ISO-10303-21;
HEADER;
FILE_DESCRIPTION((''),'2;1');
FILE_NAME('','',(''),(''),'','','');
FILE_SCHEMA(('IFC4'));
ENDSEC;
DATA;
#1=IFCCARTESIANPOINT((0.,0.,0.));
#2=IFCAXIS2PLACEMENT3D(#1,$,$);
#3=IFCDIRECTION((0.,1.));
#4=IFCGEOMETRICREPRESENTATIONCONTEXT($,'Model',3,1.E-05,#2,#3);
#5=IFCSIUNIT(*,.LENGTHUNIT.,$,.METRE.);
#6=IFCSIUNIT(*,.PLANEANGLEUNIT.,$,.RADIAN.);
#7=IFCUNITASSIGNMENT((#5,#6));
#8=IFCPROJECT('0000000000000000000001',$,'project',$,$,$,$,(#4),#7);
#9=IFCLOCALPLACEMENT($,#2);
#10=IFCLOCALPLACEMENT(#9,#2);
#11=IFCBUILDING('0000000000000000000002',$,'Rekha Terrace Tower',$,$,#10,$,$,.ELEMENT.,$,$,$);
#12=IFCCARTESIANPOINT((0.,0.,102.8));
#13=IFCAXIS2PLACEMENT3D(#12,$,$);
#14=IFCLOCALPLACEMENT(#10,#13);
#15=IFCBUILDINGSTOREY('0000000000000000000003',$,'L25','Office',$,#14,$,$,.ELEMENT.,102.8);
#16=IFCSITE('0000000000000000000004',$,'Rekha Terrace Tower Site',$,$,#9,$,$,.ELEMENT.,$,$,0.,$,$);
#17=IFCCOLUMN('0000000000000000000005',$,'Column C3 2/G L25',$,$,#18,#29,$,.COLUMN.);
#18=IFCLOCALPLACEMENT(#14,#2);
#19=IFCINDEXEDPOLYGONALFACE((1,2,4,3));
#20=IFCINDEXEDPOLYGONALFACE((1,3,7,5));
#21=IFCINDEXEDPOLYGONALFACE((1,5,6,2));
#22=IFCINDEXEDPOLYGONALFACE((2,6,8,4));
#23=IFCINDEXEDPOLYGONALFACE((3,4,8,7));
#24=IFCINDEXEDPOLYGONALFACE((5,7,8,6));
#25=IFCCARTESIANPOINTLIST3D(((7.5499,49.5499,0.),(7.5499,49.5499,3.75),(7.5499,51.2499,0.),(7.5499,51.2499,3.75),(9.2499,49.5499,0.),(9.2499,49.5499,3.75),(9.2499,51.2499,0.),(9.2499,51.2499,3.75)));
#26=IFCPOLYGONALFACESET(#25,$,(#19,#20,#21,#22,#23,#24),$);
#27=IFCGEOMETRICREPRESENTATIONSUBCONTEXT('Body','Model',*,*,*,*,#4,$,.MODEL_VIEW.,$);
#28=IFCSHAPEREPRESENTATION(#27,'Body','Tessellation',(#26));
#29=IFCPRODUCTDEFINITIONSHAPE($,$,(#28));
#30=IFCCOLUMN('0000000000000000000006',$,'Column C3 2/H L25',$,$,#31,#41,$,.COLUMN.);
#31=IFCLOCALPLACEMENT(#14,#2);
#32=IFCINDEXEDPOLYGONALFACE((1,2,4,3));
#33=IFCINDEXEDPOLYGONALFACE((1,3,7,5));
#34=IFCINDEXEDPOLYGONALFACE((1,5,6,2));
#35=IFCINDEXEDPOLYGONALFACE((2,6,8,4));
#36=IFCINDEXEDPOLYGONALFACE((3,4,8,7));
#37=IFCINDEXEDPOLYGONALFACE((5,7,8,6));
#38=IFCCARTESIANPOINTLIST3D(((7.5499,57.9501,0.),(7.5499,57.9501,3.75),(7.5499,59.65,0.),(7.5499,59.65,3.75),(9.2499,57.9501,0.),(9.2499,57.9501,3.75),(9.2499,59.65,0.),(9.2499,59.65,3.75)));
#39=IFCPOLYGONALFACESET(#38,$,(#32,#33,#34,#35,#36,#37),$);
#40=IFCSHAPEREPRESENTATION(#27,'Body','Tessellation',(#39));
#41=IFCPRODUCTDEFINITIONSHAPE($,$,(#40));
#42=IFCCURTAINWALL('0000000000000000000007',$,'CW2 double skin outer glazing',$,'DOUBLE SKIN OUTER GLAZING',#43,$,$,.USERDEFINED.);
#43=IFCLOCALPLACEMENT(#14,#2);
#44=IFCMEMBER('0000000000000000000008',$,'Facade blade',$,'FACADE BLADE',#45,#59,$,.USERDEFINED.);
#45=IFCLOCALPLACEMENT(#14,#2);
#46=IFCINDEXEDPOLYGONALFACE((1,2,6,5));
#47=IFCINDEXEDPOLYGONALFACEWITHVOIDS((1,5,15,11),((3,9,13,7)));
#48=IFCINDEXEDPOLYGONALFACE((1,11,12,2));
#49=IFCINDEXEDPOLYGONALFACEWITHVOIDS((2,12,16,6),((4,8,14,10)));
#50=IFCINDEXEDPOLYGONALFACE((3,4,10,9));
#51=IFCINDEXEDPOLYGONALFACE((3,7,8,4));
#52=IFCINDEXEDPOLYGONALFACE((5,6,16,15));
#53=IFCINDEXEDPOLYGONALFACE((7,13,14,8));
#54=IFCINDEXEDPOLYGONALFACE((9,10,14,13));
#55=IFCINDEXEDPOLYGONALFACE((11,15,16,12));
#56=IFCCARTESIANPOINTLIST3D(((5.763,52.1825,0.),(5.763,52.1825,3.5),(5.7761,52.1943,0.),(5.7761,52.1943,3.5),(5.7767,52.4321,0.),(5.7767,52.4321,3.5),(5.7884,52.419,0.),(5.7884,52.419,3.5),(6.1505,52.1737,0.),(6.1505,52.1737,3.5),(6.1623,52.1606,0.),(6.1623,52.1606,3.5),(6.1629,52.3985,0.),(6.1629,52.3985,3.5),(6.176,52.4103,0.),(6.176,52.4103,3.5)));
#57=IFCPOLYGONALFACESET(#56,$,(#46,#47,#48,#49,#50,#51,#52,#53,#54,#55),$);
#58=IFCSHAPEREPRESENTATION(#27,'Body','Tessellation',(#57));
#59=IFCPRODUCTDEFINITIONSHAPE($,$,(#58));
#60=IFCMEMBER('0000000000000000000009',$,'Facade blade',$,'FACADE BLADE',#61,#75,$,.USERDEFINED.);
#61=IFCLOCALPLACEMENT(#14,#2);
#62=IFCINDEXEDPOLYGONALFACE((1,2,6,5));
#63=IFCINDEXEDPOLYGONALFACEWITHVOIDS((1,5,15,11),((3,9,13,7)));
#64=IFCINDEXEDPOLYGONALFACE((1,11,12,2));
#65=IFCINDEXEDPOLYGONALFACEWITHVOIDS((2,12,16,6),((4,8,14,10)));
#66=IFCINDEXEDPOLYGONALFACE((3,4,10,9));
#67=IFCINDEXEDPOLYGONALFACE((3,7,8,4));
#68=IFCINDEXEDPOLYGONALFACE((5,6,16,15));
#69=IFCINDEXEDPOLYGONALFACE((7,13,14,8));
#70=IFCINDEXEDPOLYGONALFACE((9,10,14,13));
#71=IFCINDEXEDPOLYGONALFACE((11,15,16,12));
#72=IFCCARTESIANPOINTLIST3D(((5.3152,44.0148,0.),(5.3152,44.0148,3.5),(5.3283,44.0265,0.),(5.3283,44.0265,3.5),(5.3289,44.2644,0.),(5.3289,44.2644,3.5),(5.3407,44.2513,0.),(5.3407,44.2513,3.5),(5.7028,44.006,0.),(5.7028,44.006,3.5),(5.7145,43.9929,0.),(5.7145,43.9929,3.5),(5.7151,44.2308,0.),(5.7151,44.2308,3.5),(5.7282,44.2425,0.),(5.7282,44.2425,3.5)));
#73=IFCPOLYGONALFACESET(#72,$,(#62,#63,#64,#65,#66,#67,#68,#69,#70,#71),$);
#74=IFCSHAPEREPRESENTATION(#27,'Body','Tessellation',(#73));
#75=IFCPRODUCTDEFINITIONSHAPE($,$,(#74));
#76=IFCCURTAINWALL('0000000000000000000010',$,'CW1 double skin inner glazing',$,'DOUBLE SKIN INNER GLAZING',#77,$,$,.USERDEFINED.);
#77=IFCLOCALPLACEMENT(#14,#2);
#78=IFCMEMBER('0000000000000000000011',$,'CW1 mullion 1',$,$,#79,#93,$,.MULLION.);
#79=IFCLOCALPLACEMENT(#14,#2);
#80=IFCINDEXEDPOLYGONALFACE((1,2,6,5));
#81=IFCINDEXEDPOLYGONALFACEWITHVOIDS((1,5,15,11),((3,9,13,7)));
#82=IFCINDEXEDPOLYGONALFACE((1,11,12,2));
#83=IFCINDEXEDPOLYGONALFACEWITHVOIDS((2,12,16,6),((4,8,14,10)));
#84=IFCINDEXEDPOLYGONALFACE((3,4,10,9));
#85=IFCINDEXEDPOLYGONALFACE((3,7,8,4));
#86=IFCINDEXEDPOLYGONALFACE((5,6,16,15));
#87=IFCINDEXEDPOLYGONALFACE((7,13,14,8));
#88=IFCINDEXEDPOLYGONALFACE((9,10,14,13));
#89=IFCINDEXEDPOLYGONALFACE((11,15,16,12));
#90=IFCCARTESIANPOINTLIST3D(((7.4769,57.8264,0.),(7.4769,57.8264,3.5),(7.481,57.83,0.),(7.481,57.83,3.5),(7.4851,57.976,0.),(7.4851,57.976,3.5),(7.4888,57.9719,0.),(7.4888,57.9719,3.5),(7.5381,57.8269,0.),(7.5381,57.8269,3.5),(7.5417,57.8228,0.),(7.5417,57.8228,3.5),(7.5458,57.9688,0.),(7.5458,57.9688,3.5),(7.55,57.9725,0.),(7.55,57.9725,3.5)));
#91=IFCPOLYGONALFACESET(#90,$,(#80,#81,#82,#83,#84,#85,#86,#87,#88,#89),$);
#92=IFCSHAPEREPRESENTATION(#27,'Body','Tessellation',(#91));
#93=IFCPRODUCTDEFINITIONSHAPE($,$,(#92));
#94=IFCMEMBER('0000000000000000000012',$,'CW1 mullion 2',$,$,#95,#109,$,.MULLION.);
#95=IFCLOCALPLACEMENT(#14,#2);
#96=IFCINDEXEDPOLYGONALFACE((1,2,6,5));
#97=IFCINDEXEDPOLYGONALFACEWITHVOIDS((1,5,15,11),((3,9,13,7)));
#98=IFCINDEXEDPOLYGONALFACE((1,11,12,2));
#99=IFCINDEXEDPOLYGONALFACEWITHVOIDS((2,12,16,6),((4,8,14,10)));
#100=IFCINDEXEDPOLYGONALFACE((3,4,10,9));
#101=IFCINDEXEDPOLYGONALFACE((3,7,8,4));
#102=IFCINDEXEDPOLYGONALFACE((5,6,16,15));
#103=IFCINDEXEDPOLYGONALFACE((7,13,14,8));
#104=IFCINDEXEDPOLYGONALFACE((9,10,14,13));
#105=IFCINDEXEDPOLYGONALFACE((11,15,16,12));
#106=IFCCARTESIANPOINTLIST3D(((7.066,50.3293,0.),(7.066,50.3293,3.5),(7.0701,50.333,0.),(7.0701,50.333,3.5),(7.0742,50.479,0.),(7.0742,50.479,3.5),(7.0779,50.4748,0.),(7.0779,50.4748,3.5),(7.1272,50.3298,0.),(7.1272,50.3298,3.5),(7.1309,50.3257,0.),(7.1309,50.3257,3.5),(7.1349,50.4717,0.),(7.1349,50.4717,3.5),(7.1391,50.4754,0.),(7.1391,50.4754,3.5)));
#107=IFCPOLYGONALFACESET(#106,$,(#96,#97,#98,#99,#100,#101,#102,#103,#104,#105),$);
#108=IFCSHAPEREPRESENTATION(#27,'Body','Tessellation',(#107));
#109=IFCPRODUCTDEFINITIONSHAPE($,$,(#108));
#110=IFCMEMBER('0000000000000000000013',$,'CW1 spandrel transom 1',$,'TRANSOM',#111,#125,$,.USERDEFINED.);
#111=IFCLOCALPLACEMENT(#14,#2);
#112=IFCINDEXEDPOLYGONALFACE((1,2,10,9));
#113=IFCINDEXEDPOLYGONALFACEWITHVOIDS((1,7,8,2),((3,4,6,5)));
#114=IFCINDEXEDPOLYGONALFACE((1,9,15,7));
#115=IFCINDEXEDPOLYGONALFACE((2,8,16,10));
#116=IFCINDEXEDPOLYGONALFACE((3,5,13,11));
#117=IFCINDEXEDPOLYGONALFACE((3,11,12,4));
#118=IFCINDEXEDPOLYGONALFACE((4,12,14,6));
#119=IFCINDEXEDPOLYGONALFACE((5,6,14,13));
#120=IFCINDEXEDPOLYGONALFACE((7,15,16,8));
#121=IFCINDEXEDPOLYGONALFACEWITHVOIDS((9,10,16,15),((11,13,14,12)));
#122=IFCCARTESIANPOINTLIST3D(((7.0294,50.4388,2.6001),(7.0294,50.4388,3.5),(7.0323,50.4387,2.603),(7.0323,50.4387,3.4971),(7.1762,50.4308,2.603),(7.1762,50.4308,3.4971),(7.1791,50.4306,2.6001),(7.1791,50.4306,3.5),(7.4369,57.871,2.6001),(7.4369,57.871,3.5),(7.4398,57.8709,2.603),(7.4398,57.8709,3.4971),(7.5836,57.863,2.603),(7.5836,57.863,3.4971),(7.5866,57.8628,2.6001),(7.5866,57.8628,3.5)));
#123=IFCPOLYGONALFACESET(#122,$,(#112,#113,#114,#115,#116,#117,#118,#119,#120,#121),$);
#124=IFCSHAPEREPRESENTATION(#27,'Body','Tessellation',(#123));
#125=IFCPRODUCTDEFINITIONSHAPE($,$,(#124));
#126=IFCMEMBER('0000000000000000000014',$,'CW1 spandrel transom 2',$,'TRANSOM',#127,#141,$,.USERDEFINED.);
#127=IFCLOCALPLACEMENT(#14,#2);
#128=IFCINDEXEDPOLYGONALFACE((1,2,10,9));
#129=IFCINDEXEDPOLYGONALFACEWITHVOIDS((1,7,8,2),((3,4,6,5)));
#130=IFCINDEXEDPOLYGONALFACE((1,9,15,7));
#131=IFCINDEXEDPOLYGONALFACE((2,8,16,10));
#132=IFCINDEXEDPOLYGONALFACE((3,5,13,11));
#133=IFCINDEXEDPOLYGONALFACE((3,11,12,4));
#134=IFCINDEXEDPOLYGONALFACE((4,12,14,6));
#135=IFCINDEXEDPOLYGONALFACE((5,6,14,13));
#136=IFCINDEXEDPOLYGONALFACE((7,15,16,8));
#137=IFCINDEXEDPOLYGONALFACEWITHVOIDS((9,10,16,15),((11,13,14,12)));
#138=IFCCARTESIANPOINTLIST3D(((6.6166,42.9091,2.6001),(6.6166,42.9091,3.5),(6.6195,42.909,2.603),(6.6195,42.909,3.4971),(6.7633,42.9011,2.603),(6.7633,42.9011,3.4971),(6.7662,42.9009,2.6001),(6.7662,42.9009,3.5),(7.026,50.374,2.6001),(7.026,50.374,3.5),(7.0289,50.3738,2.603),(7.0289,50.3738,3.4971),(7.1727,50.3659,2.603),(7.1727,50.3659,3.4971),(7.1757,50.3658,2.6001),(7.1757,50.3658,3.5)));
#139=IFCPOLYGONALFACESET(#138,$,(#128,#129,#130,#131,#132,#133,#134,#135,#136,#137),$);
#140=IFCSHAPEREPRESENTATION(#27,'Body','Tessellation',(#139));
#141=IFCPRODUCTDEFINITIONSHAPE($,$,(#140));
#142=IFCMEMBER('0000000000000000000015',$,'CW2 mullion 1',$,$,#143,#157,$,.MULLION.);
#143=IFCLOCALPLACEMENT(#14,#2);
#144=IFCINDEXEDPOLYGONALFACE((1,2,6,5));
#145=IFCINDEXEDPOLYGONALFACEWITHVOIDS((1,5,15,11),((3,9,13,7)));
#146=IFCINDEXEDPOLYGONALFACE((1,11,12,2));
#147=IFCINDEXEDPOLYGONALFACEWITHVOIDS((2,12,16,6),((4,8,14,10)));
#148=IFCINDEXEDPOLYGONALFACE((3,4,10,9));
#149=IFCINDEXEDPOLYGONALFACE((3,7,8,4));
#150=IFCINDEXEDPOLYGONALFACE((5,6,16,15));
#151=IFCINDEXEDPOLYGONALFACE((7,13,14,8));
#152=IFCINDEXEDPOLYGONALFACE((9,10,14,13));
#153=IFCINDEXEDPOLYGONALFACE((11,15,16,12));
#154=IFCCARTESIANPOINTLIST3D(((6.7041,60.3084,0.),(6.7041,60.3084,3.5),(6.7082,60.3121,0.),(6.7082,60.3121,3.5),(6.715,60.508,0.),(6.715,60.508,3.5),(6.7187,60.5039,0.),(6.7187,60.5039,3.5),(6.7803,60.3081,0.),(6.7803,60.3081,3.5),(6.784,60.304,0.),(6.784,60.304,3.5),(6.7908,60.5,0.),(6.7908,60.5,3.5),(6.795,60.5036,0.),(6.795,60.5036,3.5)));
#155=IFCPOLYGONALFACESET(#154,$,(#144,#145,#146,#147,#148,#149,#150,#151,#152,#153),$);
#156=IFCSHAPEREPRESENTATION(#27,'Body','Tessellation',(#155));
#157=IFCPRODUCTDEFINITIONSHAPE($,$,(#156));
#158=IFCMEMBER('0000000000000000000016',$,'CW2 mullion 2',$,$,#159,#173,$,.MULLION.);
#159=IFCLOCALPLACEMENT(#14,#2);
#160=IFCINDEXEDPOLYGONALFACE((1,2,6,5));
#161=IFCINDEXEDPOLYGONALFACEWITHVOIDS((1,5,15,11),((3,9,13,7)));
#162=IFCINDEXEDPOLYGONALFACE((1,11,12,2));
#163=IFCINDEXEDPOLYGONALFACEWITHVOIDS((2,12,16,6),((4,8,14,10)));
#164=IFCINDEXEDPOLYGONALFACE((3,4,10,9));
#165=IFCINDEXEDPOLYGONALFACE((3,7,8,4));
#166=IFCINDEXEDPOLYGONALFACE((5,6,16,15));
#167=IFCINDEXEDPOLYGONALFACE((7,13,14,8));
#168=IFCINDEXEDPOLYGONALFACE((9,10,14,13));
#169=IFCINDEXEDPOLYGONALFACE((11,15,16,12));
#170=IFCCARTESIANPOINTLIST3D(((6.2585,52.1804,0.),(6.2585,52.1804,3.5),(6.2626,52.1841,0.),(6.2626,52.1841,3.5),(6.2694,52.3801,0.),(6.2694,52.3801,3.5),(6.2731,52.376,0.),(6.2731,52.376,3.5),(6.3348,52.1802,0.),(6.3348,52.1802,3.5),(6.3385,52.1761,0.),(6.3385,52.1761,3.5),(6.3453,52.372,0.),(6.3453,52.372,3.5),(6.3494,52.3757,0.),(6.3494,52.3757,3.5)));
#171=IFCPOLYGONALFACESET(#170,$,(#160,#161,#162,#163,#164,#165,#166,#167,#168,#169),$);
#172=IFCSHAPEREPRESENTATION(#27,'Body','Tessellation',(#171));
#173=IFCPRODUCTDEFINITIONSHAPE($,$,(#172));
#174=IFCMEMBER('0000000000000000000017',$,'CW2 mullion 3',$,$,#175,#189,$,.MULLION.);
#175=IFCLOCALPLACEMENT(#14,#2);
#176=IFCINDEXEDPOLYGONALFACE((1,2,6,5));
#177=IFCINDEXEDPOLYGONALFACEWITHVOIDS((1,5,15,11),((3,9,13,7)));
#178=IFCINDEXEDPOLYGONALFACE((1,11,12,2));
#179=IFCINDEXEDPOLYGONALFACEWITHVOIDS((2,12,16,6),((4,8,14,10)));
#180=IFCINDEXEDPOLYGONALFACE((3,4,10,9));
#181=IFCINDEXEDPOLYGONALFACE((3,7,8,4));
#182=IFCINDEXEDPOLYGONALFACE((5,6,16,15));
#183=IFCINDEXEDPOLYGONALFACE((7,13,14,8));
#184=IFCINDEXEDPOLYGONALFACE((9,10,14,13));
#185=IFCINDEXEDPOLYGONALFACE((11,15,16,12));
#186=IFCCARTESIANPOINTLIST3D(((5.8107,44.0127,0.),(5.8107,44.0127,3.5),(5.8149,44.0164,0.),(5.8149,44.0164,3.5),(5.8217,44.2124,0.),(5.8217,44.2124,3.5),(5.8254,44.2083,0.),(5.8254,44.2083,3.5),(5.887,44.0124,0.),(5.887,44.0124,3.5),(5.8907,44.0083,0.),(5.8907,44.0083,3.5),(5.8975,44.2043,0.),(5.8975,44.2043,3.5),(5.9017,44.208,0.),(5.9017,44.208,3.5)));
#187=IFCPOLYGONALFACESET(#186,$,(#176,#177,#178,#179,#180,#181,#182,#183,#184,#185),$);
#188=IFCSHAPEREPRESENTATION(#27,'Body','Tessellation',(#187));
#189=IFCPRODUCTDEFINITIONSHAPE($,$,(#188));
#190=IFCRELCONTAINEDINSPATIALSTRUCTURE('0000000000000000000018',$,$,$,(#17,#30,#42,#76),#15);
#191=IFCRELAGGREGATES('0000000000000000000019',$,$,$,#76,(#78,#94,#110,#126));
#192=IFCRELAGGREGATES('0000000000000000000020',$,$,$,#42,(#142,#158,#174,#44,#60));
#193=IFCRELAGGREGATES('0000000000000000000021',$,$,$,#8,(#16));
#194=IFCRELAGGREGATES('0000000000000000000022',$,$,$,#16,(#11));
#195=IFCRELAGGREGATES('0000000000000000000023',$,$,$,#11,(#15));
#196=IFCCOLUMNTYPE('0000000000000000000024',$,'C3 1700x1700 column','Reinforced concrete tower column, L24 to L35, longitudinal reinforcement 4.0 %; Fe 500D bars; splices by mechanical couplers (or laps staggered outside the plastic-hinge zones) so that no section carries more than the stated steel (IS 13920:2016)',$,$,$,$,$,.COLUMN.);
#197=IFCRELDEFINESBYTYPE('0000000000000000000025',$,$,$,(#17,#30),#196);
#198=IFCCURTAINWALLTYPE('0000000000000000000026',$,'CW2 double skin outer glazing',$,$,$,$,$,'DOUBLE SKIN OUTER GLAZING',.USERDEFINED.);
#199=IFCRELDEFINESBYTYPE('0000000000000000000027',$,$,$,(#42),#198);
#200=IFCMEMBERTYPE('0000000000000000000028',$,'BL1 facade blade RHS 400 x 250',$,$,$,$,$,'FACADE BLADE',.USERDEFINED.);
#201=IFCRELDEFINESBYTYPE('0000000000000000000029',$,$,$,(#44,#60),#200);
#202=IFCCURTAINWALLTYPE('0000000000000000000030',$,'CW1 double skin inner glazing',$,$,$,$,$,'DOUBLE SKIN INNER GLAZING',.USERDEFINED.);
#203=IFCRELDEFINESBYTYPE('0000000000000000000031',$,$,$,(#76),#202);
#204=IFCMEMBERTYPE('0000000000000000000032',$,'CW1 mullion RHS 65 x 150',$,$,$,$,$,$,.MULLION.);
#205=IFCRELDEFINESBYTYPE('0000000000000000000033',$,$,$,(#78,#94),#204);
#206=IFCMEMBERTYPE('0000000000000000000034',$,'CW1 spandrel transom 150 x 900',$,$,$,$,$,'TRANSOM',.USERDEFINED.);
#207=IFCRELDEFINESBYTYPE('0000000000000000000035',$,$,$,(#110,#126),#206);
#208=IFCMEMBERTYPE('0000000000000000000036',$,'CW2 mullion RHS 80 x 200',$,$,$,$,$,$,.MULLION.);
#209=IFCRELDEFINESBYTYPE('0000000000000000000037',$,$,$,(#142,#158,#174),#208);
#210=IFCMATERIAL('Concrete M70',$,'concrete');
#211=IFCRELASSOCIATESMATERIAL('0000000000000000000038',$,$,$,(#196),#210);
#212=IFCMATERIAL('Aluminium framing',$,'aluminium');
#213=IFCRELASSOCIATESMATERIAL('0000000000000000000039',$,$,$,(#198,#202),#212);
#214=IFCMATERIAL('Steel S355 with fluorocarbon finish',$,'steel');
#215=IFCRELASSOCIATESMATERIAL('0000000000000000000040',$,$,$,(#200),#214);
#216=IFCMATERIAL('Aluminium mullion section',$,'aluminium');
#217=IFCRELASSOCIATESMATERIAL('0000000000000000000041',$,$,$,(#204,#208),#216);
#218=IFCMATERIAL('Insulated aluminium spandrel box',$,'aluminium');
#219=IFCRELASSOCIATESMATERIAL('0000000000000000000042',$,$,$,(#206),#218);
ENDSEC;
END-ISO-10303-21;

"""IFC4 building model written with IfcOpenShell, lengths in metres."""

from ifc_helpers import new_model, si_unit, direction, frame, origin, origin_2d, place, context, subcontext, project, spatial, rectangle, hollow_rectangle, extrude, material, material_profile, profile_set, type_object, element, aggregate, save


model = new_model("IFC4")

# Units and contexts
model_context = context("Model", 3, precision=1e-05, world=origin(), true_north=direction((0.0, 1.0)))
body_context = subcontext(model_context, "Body", "Model", "MODEL_VIEW")
ifc_project = project(units=[si_unit("LENGTHUNIT", "METRE"), si_unit("PLANEANGLEUNIT", "RADIAN")], contexts=[model_context])

# Site, building, storey
site_placement = place(None, origin())
site = spatial("IfcSite", under=ifc_project, at=site_placement, Name="Rekha Terrace Tower Site", CompositionType="ELEMENT", RefElevation=0.0)
building_placement = place(site_placement, origin())
building = spatial("IfcBuilding", under=site, at=building_placement, Name="Rekha Terrace Tower", CompositionType="ELEMENT")
storey_placement = place(building_placement, frame((0.0, 0.0, 102.8)))
storey = spatial("IfcBuildingStorey", under=building, at=storey_placement, Name="L25", Description="Office", CompositionType="ELEMENT", Elevation=102.8)

# Columns
ifc_material_1 = material(Name="Concrete M70", Category="concrete")
ifc_material_profile_1 = material_profile(ifc_material_1, rectangle(XDim=1.7, YDim=1.7, at=origin_2d()), Name="RC 1700x1700")
ifc_profile_set_1 = profile_set([ifc_material_profile_1], Name="Concrete M70")
column_type = type_object("IfcColumnType", Name="C3 1700x1700 column", Description="Reinforced concrete tower column, L24 to L35, longitudinal reinforcement 4.0 %; Fe 500D bars; splices by mechanical couplers (or laps staggered outside the plastic-hinge zones) so that no section carries more than the stated steel (IS 13920:2016)", PredefinedType="COLUMN", material=ifc_profile_set_1)
for number, where, z_axis, x_axis, name in (
    (1, (8.3999, 50.3999, 0.0), (0.0, 0.0, 1.0), (1.0, 0.0, 0.0), "Column C3 2/G L25"),
    (2, (8.3999, 58.8, 0.0), (0.0, 0.0, 1.0), (1.0, 0.0, 0.0), "Column C3 2/H L25"),
):
    element("IfcColumn", number, at=place(storey_placement, frame(where, z_axis=z_axis, x_axis=x_axis)), inside=storey, type_object=column_type, Name=name, PredefinedType="COLUMN", context=body_context, shape_type="SweptSolid", body=[
        extrude(rectangle(XDim=1.7, YDim=1.7, at=origin_2d()), origin(), (0.0, 0.0, 1.0), 3.75),
    ])

# Curtain walls, members
ifc_material_2 = material(Name="Aluminium framing", Category="aluminium")
curtain_wall_type_1 = type_object("IfcCurtainWallType", Name="CW2 double skin outer glazing", ElementType="DOUBLE SKIN OUTER GLAZING", PredefinedType="USERDEFINED", material=ifc_material_2)
curtain_wall_1_placement = place(storey_placement, origin())
curtain_wall_1 = element("IfcCurtainWall", 3, at=curtain_wall_1_placement, inside=storey, type_object=curtain_wall_type_1, Name="CW2 double skin outer glazing", ObjectType="DOUBLE SKIN OUTER GLAZING", PredefinedType="USERDEFINED")
ifc_material_3 = material(Name="Steel S355 with fluorocarbon finish", Category="steel")
ifc_material_profile_2 = material_profile(ifc_material_3, hollow_rectangle(XDim=0.25, YDim=0.3999, WallThickness=0.0125, at=origin_2d()), Name="RHS400x250x12.5")
ifc_profile_set_2 = profile_set([ifc_material_profile_2], Name="Steel S355 with fluorocarbon finish")
member_type_1 = type_object("IfcMemberType", Name="BL1 facade blade RHS 400 x 250", ElementType="FACADE BLADE", PredefinedType="USERDEFINED", material=ifc_profile_set_2)
member_1_placement = place(storey_placement, frame((5.9695, 52.2964, 0.0), z_axis=(0.0, 0.0, 1.0), x_axis=(-0.054743, -0.9985, 0.0)))
member_1 = element("IfcMember", 4, at=member_1_placement, type_object=member_type_1, Name="Facade blade", ObjectType="FACADE BLADE", PredefinedType="USERDEFINED", context=body_context, shape_type="SweptSolid", body=[
    extrude(hollow_rectangle(XDim=0.25, YDim=0.3999, WallThickness=0.0125, at=origin_2d()), origin(), (0.0, 0.0, 1.0), 3.5),
])
member_2_placement = place(storey_placement, frame((5.5217, 44.1287, 0.0), z_axis=(0.0, 0.0, 1.0), x_axis=(-0.054743, -0.9985, 0.0)))
member_2 = element("IfcMember", 5, at=member_2_placement, type_object=member_type_1, Name="Facade blade", ObjectType="FACADE BLADE", PredefinedType="USERDEFINED", context=body_context, shape_type="SweptSolid", body=[
    extrude(hollow_rectangle(XDim=0.25, YDim=0.3999, WallThickness=0.0125, at=origin_2d()), origin(), (0.0, 0.0, 1.0), 3.5),
])
curtain_wall_type_2 = type_object("IfcCurtainWallType", Name="CW1 double skin inner glazing", ElementType="DOUBLE SKIN INNER GLAZING", PredefinedType="USERDEFINED", material=ifc_material_2)
curtain_wall_2_placement = place(storey_placement, origin())
curtain_wall_2 = element("IfcCurtainWall", 6, at=curtain_wall_2_placement, inside=storey, type_object=curtain_wall_type_2, Name="CW1 double skin inner glazing", ObjectType="DOUBLE SKIN INNER GLAZING", PredefinedType="USERDEFINED")
ifc_material_4 = material(Name="Aluminium mullion section", Category="aluminium")
ifc_material_profile_3 = material_profile(ifc_material_4, hollow_rectangle(XDim=0.0649, YDim=0.1499, WallThickness=0.0039, at=origin_2d()), Name="AL RHS 65x150")
ifc_profile_set_3 = profile_set([ifc_material_profile_3], Name="Aluminium mullion section")
member_type_2 = type_object("IfcMemberType", Name="CW1 mullion RHS 65 x 150", PredefinedType="MULLION", material=ifc_profile_set_3)
member_3_placement = place(storey_placement, frame((7.5134, 57.8994, 0.0), z_axis=(0.0, 0.0, 1.0), x_axis=(0.998501, -0.054742, 0.0)))
member_3 = element("IfcMember", 7, at=member_3_placement, type_object=member_type_2, Name="CW1 mullion 1", PredefinedType="MULLION", context=body_context, shape_type="SweptSolid", body=[
    extrude(hollow_rectangle(XDim=0.0649, YDim=0.1499, WallThickness=0.0039, at=origin_2d()), origin(), (0.0, 0.0, 1.0), 3.5),
])
member_4_placement = place(storey_placement, frame((7.1025, 50.4023, 0.0), z_axis=(0.0, 0.0, 1.0), x_axis=(0.998501, -0.054742, 0.0)))
member_4 = element("IfcMember", 8, at=member_4_placement, type_object=member_type_2, Name="CW1 mullion 2", PredefinedType="MULLION", context=body_context, shape_type="SweptSolid", body=[
    extrude(hollow_rectangle(XDim=0.0649, YDim=0.1499, WallThickness=0.0039, at=origin_2d()), origin(), (0.0, 0.0, 1.0), 3.5),
])
ifc_material_5 = material(Name="Insulated aluminium spandrel box", Category="aluminium")
ifc_material_profile_4 = material_profile(ifc_material_5, hollow_rectangle(XDim=0.1499, YDim=0.8999, WallThickness=0.0029, at=origin_2d()), Name="AL SPANDREL BOX 150x900")
ifc_profile_set_4 = profile_set([ifc_material_profile_4], Name="Insulated aluminium spandrel box")
member_type_3 = type_object("IfcMemberType", Name="CW1 spandrel transom 150 x 900", ElementType="TRANSOM", PredefinedType="USERDEFINED", material=ifc_profile_set_4)
member_5_placement = place(storey_placement, frame((7.5117, 57.8669, 3.05), z_axis=(-0.054743, -0.9985, 0.0), x_axis=(0.9985, -0.054743, 0.0)))
member_5 = element("IfcMember", 9, at=member_5_placement, type_object=member_type_3, Name="CW1 spandrel transom 1", ObjectType="TRANSOM", PredefinedType="USERDEFINED", context=body_context, shape_type="SweptSolid", body=[
    extrude(hollow_rectangle(XDim=0.1499, YDim=0.8999, WallThickness=0.0029, at=origin_2d()), origin(), (0.0, 0.0, 1.0), 7.4434),
])
member_6_placement = place(storey_placement, frame((7.1008, 50.3699, 3.05), z_axis=(-0.054765, -0.998499, 0.0), x_axis=(0.998499, -0.054765, 0.0)))
member_6 = element("IfcMember", 10, at=member_6_placement, type_object=member_type_3, Name="CW1 spandrel transom 2", ObjectType="TRANSOM", PredefinedType="USERDEFINED", context=body_context, shape_type="SweptSolid", body=[
    extrude(hollow_rectangle(XDim=0.1499, YDim=0.8999, WallThickness=0.0029, at=origin_2d()), origin(), (0.0, 0.0, 1.0), 7.4761),
])

# Members
ifc_material_profile_5 = material_profile(ifc_material_4, hollow_rectangle(XDim=0.0801, YDim=0.2, WallThickness=0.0039, at=origin_2d()), Name="AL RHS 80x200")
ifc_profile_set_5 = profile_set([ifc_material_profile_5], Name="Aluminium mullion section")
member_type_4 = type_object("IfcMemberType", Name="CW2 mullion RHS 80 x 200", PredefinedType="MULLION", material=ifc_profile_set_5)
member_7_placement = place(storey_placement, frame((6.7495, 60.406, 0.0), z_axis=(0.0, 0.0, 1.0), x_axis=(0.998501, -0.054742, 0.0)))
member_7 = element("IfcMember", 11, at=member_7_placement, type_object=member_type_4, Name="CW2 mullion 1", PredefinedType="MULLION", context=body_context, shape_type="SweptSolid", body=[
    extrude(hollow_rectangle(XDim=0.0801, YDim=0.2, WallThickness=0.0039, at=origin_2d()), origin(), (0.0, 0.0, 1.0), 3.5),
])
member_8_placement = place(storey_placement, frame((6.304, 52.2781, 0.0), z_axis=(0.0, 0.0, 1.0), x_axis=(0.998501, -0.054742, 0.0)))
member_8 = element("IfcMember", 12, at=member_8_placement, type_object=member_type_4, Name="CW2 mullion 2", PredefinedType="MULLION", context=body_context, shape_type="SweptSolid", body=[
    extrude(hollow_rectangle(XDim=0.0801, YDim=0.2, WallThickness=0.0039, at=origin_2d()), origin(), (0.0, 0.0, 1.0), 3.5),
])
member_9_placement = place(storey_placement, frame((5.8562, 44.1104, 0.0), z_axis=(0.0, 0.0, 1.0), x_axis=(0.998501, -0.054742, 0.0)))
member_9 = element("IfcMember", 13, at=member_9_placement, type_object=member_type_4, Name="CW2 mullion 3", PredefinedType="MULLION", context=body_context, shape_type="SweptSolid", body=[
    extrude(hollow_rectangle(XDim=0.0801, YDim=0.2, WallThickness=0.0039, at=origin_2d()), origin(), (0.0, 0.0, 1.0), 3.5),
])

aggregate(curtain_wall_2, [member_3, member_4, member_5, member_6])
aggregate(curtain_wall_1, [member_7, member_8, member_9, member_1, member_2])

save(model, "model.ifc")
